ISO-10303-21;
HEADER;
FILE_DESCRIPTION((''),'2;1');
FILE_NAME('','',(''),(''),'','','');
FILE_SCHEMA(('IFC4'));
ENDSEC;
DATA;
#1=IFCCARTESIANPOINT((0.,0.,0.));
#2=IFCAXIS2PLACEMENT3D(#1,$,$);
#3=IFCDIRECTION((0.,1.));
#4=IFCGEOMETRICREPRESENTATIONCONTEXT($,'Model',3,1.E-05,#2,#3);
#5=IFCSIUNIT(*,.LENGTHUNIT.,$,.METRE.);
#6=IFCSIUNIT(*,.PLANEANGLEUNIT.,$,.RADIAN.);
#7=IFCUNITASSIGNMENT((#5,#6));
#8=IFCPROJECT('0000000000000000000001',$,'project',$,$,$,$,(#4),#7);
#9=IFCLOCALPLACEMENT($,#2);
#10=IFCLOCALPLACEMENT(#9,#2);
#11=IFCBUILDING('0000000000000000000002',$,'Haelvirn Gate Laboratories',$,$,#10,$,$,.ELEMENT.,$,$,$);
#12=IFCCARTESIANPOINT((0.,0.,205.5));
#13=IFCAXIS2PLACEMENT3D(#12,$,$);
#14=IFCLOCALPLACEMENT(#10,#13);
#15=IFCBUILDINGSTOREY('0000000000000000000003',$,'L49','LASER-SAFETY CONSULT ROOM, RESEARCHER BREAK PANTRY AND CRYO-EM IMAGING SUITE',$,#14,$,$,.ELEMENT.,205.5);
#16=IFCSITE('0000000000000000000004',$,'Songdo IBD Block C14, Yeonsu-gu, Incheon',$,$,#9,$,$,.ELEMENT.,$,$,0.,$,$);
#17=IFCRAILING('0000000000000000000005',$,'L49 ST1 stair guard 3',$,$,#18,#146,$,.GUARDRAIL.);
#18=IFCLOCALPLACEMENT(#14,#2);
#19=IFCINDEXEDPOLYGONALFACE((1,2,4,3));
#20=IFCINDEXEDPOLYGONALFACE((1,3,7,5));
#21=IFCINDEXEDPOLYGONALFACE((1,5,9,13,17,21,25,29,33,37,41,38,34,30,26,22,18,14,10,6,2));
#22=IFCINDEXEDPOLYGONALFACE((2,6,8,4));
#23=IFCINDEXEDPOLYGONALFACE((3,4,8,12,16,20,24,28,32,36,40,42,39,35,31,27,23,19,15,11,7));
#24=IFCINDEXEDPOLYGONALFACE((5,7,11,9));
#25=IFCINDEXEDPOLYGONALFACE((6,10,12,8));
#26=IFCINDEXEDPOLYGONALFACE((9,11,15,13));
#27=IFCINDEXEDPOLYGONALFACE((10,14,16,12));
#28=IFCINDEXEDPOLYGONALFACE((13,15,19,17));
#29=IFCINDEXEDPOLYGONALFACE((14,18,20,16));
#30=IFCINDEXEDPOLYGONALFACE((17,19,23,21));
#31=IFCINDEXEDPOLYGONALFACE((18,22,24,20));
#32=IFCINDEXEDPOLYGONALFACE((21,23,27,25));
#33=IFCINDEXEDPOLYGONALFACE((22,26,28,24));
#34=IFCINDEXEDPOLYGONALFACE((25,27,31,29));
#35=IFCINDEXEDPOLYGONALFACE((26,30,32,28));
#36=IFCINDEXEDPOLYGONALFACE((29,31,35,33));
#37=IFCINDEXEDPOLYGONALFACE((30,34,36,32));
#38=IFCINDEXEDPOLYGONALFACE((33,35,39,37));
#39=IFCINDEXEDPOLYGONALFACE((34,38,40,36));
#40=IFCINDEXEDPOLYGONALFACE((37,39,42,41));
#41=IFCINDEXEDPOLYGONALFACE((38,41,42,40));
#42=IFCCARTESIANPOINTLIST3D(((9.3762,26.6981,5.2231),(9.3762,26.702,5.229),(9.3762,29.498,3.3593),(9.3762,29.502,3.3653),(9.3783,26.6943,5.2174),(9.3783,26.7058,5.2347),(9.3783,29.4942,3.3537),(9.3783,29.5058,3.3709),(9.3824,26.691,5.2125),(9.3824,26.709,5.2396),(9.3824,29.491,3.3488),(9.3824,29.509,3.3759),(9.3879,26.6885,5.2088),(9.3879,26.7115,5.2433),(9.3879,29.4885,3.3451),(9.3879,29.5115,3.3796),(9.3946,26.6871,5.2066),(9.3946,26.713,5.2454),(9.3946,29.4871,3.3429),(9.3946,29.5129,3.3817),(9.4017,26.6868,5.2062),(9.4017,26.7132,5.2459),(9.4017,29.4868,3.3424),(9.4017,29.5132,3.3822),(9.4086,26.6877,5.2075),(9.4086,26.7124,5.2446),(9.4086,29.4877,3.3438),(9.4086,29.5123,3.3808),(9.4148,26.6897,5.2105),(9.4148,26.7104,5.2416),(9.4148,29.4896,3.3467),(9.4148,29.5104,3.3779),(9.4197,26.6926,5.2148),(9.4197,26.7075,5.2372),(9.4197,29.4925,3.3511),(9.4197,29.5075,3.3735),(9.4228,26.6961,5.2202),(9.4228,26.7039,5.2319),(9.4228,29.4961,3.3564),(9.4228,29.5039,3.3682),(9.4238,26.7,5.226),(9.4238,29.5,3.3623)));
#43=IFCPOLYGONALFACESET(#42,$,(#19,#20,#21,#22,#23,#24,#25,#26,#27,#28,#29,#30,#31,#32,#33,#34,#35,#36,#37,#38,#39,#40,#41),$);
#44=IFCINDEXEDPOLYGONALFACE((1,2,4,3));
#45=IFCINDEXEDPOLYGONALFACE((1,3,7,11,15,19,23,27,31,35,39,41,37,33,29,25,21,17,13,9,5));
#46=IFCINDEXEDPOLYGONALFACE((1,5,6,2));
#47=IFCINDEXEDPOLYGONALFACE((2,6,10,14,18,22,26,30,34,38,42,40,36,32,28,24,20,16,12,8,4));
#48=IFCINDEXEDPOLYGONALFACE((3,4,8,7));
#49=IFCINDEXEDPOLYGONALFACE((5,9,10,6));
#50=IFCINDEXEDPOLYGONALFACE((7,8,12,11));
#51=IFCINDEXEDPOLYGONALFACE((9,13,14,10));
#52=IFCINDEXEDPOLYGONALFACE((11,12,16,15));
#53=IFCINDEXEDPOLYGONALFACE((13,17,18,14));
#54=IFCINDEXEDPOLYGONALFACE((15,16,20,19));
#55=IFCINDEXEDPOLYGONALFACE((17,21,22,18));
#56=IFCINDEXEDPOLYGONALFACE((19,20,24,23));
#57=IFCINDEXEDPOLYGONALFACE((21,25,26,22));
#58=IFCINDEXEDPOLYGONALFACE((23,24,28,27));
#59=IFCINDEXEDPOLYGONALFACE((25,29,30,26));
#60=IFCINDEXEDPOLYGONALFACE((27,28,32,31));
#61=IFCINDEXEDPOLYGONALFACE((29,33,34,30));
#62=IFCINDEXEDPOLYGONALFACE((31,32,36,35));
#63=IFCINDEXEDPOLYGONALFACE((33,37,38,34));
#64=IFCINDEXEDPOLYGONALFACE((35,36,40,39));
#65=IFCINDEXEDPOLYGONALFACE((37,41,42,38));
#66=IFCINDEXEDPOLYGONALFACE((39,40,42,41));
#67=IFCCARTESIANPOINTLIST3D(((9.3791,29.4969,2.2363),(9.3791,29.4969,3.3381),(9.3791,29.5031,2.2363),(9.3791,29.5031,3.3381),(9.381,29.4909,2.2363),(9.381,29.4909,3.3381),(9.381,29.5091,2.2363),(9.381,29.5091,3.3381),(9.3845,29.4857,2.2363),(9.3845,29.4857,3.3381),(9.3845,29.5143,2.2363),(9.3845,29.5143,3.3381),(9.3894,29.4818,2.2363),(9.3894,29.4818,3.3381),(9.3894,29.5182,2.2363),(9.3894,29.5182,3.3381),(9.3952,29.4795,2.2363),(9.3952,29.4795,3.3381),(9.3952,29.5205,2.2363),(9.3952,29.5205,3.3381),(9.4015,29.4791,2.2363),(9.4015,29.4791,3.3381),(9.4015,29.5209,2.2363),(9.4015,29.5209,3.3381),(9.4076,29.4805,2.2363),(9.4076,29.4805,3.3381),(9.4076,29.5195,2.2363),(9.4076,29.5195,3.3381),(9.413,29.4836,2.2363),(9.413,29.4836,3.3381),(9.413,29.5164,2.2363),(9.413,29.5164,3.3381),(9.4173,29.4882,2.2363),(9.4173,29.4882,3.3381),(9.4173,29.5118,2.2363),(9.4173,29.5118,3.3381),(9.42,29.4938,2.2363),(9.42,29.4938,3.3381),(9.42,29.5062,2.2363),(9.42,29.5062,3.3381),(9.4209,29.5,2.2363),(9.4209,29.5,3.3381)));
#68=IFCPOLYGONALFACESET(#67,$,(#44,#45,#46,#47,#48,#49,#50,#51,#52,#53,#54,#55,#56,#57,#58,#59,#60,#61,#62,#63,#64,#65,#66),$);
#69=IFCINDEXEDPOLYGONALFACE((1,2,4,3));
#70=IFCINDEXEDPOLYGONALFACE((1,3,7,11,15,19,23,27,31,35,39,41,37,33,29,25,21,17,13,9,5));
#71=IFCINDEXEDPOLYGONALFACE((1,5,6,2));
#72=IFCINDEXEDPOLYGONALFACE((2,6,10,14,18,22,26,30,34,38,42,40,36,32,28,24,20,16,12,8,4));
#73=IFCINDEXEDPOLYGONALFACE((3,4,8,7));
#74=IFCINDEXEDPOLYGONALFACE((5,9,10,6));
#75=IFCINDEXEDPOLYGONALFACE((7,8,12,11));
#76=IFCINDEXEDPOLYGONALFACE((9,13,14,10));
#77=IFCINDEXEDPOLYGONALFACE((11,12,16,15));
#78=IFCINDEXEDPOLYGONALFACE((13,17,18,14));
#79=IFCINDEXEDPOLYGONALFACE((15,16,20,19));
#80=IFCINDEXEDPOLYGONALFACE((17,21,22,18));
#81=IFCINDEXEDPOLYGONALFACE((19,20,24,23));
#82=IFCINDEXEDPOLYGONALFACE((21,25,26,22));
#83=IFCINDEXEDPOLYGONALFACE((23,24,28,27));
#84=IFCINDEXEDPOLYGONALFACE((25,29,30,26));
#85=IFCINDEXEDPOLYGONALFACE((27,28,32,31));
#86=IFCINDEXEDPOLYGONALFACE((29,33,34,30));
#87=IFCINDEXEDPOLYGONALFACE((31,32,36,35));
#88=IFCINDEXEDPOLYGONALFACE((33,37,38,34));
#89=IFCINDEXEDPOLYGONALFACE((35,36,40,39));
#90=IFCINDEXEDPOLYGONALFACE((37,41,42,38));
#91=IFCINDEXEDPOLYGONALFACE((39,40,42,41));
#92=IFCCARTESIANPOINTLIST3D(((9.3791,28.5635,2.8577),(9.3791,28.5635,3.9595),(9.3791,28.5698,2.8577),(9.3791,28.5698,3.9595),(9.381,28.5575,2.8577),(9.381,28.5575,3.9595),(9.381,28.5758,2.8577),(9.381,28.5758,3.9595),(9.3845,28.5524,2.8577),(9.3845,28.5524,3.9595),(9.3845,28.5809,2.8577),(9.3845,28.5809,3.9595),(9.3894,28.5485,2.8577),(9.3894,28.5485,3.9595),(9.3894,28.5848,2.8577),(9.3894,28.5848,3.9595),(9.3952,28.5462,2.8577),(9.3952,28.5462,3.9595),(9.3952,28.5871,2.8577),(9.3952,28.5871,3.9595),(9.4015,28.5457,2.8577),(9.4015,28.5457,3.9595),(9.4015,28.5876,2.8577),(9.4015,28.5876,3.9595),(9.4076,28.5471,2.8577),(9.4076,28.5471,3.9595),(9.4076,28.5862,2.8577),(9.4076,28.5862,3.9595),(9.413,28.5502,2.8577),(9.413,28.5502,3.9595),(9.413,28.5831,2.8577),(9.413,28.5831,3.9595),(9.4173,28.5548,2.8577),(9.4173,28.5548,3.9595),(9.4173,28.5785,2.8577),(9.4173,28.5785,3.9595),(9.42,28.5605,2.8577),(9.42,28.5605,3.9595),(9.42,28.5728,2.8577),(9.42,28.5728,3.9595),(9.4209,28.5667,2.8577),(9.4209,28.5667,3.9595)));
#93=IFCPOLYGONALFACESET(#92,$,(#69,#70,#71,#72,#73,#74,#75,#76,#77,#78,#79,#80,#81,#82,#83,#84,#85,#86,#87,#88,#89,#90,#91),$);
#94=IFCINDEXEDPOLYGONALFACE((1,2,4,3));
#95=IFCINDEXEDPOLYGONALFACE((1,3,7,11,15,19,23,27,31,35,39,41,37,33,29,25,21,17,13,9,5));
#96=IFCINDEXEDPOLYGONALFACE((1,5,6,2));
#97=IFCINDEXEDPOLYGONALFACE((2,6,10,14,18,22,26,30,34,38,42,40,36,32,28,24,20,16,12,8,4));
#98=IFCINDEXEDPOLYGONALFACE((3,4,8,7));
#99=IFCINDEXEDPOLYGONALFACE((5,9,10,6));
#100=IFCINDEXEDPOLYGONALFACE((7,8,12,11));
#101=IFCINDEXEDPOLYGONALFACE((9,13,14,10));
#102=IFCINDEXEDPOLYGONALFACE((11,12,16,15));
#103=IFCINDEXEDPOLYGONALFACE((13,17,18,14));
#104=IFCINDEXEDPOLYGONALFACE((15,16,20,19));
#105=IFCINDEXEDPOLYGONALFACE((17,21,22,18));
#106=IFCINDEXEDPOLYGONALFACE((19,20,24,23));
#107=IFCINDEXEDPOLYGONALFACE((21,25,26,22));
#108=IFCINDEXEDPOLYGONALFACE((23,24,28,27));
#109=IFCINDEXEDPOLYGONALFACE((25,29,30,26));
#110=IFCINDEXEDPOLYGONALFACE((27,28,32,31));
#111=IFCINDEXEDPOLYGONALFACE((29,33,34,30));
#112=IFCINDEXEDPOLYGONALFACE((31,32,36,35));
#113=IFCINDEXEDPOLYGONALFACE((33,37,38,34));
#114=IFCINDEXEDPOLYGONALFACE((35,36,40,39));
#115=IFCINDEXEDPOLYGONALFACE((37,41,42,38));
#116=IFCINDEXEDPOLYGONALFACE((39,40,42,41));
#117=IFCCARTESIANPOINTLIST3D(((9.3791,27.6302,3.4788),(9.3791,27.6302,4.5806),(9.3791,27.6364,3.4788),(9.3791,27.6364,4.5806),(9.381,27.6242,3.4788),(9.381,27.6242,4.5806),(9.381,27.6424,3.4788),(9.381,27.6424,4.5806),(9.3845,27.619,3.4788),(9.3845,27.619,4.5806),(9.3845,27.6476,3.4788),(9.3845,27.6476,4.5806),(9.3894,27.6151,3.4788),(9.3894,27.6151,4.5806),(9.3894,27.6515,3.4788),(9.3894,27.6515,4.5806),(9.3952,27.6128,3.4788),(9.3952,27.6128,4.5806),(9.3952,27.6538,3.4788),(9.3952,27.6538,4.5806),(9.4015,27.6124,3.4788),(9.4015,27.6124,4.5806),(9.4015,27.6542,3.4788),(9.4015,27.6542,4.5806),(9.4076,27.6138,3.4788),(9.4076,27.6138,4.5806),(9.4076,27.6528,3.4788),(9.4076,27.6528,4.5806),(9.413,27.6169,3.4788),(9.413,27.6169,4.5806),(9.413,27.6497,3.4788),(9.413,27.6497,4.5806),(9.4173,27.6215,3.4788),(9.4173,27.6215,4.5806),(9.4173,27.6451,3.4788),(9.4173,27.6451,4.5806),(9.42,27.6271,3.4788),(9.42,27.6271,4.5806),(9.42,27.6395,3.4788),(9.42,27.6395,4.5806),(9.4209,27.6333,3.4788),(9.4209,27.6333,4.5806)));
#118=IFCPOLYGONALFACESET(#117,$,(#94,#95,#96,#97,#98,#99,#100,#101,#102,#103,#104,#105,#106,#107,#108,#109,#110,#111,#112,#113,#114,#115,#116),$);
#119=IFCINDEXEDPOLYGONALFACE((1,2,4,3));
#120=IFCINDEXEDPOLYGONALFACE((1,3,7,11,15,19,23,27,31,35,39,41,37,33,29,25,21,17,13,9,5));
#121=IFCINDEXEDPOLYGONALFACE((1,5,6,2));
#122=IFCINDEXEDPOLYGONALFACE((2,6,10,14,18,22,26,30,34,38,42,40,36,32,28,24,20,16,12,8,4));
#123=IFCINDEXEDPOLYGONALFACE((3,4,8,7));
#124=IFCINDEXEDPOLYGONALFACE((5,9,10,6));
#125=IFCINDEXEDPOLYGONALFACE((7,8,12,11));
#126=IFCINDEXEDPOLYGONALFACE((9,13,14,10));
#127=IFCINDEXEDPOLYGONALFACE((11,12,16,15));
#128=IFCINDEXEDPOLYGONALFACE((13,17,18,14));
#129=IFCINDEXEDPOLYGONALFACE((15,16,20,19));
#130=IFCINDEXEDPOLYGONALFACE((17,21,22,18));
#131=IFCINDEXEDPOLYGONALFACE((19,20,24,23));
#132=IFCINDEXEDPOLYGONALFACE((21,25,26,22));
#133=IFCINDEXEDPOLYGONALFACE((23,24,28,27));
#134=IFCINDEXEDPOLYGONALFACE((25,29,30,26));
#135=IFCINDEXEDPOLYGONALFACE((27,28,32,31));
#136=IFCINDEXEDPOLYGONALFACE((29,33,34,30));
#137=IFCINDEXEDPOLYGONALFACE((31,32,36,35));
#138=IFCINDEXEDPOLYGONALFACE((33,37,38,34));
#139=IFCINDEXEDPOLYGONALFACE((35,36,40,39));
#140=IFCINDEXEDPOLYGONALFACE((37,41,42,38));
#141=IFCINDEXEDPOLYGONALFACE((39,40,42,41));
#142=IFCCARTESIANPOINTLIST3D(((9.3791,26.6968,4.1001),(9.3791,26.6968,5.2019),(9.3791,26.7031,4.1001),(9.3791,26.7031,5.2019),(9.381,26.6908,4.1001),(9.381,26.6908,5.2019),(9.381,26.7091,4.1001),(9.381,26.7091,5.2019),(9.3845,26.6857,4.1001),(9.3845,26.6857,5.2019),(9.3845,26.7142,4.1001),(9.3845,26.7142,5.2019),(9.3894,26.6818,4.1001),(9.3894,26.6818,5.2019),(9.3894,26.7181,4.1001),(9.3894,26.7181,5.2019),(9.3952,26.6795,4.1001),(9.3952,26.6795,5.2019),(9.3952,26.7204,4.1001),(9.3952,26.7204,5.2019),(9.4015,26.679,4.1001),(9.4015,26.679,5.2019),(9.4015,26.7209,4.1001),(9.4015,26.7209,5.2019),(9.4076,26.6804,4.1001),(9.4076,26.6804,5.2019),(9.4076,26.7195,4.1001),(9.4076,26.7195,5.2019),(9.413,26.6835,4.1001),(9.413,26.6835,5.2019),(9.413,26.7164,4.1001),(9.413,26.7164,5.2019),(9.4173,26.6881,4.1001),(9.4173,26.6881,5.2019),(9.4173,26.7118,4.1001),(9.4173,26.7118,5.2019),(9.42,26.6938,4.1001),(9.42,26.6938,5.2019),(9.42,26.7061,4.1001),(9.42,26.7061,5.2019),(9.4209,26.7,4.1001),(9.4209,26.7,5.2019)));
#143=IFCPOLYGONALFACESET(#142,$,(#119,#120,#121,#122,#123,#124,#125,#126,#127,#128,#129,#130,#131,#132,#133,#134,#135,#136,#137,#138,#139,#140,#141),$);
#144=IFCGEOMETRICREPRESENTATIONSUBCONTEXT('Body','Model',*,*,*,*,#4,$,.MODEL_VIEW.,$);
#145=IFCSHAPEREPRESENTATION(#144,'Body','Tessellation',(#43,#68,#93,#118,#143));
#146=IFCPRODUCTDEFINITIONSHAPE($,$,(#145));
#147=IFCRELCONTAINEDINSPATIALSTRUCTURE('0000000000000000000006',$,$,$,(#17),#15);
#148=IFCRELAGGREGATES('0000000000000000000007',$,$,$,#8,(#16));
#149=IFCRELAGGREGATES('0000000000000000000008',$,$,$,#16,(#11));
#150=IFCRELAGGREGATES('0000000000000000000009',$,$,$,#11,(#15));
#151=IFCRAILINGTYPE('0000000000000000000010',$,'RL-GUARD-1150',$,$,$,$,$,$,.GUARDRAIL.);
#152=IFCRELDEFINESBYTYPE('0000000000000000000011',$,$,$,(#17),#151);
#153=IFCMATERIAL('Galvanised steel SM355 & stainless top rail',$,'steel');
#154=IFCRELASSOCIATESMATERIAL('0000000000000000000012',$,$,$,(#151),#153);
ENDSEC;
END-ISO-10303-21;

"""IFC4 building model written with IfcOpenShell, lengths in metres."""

from ifc_helpers import new_model, si_unit, direction, frame, origin, origin_2d, place, context, subcontext, project, spatial, circle, extrude, source, transform, mapped, material, type_object, element, save


model = new_model("IFC4")

# Units and contexts
model_context = context("Model", 3, precision=1e-05, world=origin(), true_north=direction((0.0, 1.0)))
body_context = subcontext(model_context, "Body", "Model", "MODEL_VIEW")
ifc_project = project(units=[si_unit("LENGTHUNIT", "METRE"), si_unit("PLANEANGLEUNIT", "RADIAN")], contexts=[model_context])

# Site, building, storey
site_placement = place(None, origin())
site = spatial("IfcSite", under=ifc_project, at=site_placement, Name="Songdo IBD Block C14, Yeonsu-gu, Incheon", CompositionType="ELEMENT", RefElevation=0.0)
building_placement = place(site_placement, origin())
building = spatial("IfcBuilding", under=site, at=building_placement, Name="Haelvirn Gate Laboratories", CompositionType="ELEMENT")
storey_placement = place(building_placement, frame((0.0, 0.0, 205.5)))
storey = spatial("IfcBuildingStorey", under=building, at=storey_placement, Name="L49", Description="LASER-SAFETY CONSULT ROOM, RESEARCHER BREAK PANTRY AND CRYO-EM IMAGING SUITE", CompositionType="ELEMENT", Elevation=205.5)

# Railing
ifc_material_1 = material(Name="Galvanised steel SM355 & stainless top rail", Category="steel")
railing_type_1 = type_object("IfcRailingType", Name="RL-GUARD-1150", PredefinedType="GUARDRAIL", material=ifc_material_1)
shared_shape_1 = source(origin(), body_context, "Body", "SweptSolid", [
    extrude(circle(Radius=0.0239, at=origin_2d()), frame((0.0, 0.0, 1.126), z_axis=(0.0, -0.832452, 0.554097), x_axis=(1.0, 0.0, 0.0)), (0.0, 0.0, 1.0), 3.3635),
    extrude(circle(Radius=0.021, at=origin_2d()), origin(), (0.0, 0.0, 1.0), 1.1018),
    extrude(circle(Radius=0.021, at=origin_2d()), frame((0.0, -0.9333, 0.6213)), (0.0, 0.0, 1.0), 1.1018),
    extrude(circle(Radius=0.021, at=origin_2d()), frame((0.0, -1.8667, 1.2424)), (0.0, 0.0, 1.0), 1.1018),
    extrude(circle(Radius=0.021, at=origin_2d()), frame((0.0, -2.8, 1.8638)), (0.0, 0.0, 1.0), 1.1018),
])
railing_1_placement = place(storey_placement, frame((9.3999, 29.5, 2.2363)))
element("IfcRailing", 1, at=railing_1_placement, inside=storey, type_object=railing_type_1, Name="L49 ST1 stair guard 3", PredefinedType="GUARDRAIL", context=body_context, shape_type="MappedRepresentation", body=[
    mapped(shared_shape_1, transform((0.0, 0.0, 0.0), scale=1.0)),
])

save(model, "model.ifc")
